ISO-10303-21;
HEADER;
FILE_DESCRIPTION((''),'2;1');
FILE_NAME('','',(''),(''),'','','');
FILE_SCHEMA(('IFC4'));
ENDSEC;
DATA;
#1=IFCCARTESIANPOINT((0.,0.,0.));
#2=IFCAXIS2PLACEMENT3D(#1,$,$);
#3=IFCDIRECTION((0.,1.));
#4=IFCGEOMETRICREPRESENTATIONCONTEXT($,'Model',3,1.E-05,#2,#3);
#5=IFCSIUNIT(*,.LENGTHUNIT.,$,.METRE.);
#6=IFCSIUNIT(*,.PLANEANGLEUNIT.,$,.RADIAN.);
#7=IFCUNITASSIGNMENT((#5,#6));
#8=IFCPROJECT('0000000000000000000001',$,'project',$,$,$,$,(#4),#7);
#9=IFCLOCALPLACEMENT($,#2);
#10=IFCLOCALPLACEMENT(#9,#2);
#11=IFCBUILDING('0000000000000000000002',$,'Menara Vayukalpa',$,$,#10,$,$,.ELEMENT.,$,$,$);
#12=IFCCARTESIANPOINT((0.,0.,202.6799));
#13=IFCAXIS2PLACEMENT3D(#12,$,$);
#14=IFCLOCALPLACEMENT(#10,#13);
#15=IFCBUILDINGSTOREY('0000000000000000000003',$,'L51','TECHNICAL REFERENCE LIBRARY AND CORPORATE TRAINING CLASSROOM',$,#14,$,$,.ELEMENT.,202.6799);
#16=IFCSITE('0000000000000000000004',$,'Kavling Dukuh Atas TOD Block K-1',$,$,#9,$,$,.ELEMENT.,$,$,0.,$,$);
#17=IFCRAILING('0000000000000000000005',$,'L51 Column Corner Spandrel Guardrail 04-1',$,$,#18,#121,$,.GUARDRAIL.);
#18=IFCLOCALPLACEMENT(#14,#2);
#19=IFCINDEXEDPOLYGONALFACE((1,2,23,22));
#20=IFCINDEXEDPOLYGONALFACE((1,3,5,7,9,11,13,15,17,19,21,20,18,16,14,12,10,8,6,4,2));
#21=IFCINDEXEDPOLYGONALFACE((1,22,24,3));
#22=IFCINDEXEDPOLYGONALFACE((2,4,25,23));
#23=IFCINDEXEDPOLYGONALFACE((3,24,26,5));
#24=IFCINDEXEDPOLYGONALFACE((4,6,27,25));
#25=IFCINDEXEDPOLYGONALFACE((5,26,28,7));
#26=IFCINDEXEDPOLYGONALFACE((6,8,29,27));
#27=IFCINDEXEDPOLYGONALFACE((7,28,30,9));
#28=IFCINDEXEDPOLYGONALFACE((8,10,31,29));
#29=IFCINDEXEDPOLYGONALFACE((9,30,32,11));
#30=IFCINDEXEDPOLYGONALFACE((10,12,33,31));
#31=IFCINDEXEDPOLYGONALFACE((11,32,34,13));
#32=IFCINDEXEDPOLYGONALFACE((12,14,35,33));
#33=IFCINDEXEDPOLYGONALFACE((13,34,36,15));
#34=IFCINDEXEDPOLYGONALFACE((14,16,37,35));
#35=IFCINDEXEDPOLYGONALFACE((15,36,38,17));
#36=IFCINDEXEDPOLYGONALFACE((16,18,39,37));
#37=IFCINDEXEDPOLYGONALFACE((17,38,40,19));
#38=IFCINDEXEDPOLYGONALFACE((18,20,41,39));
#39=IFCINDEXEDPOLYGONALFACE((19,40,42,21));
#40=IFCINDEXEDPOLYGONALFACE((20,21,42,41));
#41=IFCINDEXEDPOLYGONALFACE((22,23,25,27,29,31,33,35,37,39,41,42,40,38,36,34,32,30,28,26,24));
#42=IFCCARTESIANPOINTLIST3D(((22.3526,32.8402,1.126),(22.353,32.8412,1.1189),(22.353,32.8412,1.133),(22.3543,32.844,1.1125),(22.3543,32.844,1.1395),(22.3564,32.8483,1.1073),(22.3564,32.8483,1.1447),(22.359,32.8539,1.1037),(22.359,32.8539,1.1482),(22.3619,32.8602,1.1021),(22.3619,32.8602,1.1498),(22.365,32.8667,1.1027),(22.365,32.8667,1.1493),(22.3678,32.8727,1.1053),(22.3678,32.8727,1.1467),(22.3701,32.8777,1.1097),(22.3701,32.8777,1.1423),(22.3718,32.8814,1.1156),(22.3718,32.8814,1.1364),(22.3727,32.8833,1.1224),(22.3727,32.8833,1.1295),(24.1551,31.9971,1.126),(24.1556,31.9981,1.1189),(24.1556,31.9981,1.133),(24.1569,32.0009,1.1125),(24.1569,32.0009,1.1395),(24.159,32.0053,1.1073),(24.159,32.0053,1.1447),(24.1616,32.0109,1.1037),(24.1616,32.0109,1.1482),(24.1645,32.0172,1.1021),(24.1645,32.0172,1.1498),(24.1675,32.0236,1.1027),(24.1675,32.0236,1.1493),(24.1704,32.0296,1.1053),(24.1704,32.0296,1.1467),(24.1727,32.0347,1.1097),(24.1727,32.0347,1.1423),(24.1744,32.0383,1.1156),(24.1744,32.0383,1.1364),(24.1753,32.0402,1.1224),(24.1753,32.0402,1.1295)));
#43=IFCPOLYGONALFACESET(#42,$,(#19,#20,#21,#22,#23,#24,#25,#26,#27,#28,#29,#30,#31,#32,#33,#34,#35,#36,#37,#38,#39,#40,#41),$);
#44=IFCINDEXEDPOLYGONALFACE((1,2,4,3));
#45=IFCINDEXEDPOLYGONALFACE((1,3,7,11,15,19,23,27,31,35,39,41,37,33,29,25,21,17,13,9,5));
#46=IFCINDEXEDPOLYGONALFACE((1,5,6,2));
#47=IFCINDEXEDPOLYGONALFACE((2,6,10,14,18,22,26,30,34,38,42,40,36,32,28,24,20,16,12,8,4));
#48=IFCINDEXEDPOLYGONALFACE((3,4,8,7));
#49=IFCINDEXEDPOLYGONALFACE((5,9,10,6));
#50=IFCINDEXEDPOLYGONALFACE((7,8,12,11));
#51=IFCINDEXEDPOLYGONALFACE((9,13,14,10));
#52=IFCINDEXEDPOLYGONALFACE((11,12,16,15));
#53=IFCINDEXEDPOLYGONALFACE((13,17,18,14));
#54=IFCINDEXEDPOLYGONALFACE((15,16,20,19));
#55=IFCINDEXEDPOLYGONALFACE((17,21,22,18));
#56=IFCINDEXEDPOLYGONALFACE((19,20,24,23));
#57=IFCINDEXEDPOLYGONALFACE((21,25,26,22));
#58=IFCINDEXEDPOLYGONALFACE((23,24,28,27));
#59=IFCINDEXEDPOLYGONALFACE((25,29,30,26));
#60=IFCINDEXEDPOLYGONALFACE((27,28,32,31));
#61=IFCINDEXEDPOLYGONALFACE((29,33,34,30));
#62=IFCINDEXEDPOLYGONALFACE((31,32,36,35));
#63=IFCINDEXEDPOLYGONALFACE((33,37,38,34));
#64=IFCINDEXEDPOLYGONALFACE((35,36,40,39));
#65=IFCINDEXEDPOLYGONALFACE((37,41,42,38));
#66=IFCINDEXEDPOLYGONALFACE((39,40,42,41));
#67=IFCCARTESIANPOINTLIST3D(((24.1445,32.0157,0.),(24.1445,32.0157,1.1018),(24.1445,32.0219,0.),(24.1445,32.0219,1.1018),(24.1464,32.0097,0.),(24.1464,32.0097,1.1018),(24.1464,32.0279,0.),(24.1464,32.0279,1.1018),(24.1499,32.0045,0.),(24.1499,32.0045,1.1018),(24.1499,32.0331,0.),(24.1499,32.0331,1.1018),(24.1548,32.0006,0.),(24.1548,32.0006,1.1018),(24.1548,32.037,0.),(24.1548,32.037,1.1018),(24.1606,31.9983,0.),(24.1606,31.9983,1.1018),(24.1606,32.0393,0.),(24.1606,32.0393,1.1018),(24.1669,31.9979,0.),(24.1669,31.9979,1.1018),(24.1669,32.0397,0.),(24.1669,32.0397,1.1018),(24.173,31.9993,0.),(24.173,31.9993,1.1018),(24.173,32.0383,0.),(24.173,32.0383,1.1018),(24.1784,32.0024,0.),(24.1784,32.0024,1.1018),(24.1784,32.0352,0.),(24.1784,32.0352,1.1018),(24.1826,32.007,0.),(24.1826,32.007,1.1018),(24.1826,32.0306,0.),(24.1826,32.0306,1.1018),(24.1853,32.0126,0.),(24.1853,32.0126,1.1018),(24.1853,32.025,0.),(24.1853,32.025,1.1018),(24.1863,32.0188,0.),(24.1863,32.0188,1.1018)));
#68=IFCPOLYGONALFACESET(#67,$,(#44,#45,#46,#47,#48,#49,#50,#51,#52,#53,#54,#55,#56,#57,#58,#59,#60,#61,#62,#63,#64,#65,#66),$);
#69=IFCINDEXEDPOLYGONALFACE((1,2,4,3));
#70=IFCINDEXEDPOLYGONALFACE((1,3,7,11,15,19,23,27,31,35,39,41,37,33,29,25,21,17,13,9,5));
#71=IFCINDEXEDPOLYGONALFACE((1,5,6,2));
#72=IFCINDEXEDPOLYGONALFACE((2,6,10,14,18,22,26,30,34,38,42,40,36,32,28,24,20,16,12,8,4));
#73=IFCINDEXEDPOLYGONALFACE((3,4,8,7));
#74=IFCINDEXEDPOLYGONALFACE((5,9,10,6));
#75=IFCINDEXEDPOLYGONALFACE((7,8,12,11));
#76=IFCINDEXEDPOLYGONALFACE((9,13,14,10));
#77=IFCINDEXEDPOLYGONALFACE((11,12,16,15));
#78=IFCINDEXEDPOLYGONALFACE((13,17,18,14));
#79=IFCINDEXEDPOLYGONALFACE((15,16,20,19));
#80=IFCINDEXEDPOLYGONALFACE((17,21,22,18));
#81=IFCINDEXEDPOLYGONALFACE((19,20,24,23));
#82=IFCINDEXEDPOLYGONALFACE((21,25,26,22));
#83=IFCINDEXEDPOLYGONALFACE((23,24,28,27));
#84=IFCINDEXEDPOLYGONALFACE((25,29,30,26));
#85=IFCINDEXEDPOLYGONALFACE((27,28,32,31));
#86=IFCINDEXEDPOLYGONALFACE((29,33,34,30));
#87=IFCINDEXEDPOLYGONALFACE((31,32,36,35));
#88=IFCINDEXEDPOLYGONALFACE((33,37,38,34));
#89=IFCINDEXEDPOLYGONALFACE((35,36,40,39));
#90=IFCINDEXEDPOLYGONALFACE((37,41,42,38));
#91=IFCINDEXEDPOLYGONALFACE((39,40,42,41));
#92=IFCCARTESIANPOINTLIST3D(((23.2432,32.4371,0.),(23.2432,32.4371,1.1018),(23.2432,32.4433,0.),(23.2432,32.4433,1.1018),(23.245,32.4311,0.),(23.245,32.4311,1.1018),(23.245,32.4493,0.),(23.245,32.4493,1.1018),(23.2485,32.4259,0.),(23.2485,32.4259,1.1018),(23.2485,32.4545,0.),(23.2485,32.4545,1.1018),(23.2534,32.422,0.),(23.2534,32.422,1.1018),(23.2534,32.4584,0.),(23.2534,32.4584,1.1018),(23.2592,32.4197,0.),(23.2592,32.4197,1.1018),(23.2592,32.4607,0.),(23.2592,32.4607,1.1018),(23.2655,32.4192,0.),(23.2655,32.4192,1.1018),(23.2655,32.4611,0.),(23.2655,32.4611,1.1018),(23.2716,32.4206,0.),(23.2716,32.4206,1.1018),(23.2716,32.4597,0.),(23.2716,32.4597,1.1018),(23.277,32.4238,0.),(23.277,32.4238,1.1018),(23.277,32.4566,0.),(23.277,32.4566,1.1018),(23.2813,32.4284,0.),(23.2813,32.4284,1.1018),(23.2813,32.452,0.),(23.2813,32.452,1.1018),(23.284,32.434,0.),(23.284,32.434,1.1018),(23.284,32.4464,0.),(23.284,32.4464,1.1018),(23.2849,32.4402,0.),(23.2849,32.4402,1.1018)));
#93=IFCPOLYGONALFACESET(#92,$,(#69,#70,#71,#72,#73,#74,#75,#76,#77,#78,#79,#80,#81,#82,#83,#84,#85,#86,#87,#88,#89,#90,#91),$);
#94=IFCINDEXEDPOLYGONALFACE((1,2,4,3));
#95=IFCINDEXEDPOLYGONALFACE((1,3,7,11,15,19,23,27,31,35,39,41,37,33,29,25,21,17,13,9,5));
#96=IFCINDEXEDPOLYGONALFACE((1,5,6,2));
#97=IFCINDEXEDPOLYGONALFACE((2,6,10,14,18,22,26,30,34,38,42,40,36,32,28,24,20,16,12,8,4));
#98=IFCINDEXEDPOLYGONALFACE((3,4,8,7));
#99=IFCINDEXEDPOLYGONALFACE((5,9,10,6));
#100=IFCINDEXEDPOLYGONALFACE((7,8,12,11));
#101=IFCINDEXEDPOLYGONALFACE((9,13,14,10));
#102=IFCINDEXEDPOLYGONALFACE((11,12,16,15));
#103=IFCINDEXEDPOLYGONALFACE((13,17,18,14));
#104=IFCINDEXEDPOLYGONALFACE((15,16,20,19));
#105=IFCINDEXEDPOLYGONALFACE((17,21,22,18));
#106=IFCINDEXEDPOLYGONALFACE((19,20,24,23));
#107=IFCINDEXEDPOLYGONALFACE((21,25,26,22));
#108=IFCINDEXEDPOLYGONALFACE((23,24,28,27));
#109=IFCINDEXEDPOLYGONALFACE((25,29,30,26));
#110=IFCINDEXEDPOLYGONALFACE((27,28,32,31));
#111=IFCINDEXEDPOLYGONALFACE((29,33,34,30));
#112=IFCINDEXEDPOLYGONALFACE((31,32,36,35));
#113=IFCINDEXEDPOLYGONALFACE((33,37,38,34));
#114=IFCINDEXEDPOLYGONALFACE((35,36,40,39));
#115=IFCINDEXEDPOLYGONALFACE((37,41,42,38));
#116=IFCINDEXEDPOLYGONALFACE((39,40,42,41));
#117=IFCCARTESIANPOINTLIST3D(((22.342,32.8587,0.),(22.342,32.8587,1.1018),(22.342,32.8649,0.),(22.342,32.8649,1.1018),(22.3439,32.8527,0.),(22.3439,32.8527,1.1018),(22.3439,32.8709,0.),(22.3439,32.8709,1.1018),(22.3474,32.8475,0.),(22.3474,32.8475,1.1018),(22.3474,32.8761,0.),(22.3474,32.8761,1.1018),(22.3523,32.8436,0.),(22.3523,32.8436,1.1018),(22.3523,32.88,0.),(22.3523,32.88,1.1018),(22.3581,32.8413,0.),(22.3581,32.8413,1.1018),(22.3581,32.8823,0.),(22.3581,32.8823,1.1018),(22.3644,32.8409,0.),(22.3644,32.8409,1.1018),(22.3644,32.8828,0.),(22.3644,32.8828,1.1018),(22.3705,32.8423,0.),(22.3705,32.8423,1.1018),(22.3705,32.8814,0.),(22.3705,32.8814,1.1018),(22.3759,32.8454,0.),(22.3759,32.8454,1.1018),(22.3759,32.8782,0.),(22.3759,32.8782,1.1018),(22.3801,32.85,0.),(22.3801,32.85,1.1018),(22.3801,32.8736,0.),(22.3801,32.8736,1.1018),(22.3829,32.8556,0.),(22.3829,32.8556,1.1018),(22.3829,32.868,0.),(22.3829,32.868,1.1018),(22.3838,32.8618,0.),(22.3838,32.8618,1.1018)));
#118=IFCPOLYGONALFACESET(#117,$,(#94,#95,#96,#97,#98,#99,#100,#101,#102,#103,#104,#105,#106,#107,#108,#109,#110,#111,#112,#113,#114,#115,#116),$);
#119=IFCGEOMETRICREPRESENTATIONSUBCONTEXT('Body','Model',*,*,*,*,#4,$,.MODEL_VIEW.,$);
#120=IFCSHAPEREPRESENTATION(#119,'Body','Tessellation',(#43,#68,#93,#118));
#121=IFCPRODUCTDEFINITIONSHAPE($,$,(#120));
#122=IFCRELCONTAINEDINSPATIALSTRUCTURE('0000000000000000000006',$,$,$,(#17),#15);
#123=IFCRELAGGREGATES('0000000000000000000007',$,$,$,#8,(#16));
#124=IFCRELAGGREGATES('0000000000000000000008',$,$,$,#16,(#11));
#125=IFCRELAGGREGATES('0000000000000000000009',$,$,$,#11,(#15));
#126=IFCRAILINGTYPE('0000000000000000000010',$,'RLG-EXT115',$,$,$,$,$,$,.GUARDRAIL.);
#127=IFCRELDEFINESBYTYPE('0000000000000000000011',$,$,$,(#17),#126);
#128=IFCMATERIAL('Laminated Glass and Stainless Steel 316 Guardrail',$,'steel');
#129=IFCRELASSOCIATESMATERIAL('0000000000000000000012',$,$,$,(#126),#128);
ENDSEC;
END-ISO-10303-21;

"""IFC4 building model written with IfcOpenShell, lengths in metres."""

from ifc_helpers import new_model, si_unit, direction, frame, origin, origin_2d, place, context, subcontext, project, spatial, circle, extrude, material, type_object, element, save


model = new_model("IFC4")

# Units and contexts
model_context = context("Model", 3, precision=1e-05, world=origin(), true_north=direction((0.0, 1.0)))
body_context = subcontext(model_context, "Body", "Model", "MODEL_VIEW")
ifc_project = project(units=[si_unit("LENGTHUNIT", "METRE"), si_unit("PLANEANGLEUNIT", "RADIAN")], contexts=[model_context])

# Site, building, storey
site_placement = place(None, origin())
site = spatial("IfcSite", under=ifc_project, at=site_placement, Name="Kavling Dukuh Atas TOD Block K-1", CompositionType="ELEMENT", RefElevation=0.0)
building_placement = place(site_placement, origin())
building = spatial("IfcBuilding", under=site, at=building_placement, Name="Menara Vayukalpa", CompositionType="ELEMENT")
storey_placement = place(building_placement, frame((0.0, 0.0, 202.6799)))
storey = spatial("IfcBuildingStorey", under=building, at=storey_placement, Name="L51", Description="TECHNICAL REFERENCE LIBRARY AND CORPORATE TRAINING CLASSROOM", CompositionType="ELEMENT", Elevation=202.6799)

# Railing
ifc_material_1 = material(Name="Laminated Glass and Stainless Steel 316 Guardrail", Category="steel")
railing_type = type_object("IfcRailingType", Name="RLG-EXT115", PredefinedType="GUARDRAIL", material=ifc_material_1)
railing_placement = place(storey_placement, frame((24.1653, 32.0188, 0.0)))
element("IfcRailing", 1, at=railing_placement, inside=storey, type_object=railing_type, Name="L51 Column Corner Spandrel Guardrail 04-1", PredefinedType="GUARDRAIL", context=body_context, shape_type="SweptSolid", body=[
    extrude(circle(Radius=0.0239, at=origin_2d()), frame((0.0, 0.0, 1.126), z_axis=(-0.905825, 0.423651, 0.0), x_axis=(-0.423651, -0.905825, 0.0)), (0.0, 0.0, 1.0), 1.99),
    extrude(circle(Radius=0.021, at=origin_2d()), origin(), (0.0, 0.0, 1.0), 1.1018),
    extrude(circle(Radius=0.021, at=origin_2d()), frame((-0.9014, 0.4214, 0.0)), (0.0, 0.0, 1.0), 1.1018),
    extrude(circle(Radius=0.021, at=origin_2d()), frame((-1.8025, 0.843, 0.0)), (0.0, 0.0, 1.0), 1.1018),
])

save(model, "model.ifc")
